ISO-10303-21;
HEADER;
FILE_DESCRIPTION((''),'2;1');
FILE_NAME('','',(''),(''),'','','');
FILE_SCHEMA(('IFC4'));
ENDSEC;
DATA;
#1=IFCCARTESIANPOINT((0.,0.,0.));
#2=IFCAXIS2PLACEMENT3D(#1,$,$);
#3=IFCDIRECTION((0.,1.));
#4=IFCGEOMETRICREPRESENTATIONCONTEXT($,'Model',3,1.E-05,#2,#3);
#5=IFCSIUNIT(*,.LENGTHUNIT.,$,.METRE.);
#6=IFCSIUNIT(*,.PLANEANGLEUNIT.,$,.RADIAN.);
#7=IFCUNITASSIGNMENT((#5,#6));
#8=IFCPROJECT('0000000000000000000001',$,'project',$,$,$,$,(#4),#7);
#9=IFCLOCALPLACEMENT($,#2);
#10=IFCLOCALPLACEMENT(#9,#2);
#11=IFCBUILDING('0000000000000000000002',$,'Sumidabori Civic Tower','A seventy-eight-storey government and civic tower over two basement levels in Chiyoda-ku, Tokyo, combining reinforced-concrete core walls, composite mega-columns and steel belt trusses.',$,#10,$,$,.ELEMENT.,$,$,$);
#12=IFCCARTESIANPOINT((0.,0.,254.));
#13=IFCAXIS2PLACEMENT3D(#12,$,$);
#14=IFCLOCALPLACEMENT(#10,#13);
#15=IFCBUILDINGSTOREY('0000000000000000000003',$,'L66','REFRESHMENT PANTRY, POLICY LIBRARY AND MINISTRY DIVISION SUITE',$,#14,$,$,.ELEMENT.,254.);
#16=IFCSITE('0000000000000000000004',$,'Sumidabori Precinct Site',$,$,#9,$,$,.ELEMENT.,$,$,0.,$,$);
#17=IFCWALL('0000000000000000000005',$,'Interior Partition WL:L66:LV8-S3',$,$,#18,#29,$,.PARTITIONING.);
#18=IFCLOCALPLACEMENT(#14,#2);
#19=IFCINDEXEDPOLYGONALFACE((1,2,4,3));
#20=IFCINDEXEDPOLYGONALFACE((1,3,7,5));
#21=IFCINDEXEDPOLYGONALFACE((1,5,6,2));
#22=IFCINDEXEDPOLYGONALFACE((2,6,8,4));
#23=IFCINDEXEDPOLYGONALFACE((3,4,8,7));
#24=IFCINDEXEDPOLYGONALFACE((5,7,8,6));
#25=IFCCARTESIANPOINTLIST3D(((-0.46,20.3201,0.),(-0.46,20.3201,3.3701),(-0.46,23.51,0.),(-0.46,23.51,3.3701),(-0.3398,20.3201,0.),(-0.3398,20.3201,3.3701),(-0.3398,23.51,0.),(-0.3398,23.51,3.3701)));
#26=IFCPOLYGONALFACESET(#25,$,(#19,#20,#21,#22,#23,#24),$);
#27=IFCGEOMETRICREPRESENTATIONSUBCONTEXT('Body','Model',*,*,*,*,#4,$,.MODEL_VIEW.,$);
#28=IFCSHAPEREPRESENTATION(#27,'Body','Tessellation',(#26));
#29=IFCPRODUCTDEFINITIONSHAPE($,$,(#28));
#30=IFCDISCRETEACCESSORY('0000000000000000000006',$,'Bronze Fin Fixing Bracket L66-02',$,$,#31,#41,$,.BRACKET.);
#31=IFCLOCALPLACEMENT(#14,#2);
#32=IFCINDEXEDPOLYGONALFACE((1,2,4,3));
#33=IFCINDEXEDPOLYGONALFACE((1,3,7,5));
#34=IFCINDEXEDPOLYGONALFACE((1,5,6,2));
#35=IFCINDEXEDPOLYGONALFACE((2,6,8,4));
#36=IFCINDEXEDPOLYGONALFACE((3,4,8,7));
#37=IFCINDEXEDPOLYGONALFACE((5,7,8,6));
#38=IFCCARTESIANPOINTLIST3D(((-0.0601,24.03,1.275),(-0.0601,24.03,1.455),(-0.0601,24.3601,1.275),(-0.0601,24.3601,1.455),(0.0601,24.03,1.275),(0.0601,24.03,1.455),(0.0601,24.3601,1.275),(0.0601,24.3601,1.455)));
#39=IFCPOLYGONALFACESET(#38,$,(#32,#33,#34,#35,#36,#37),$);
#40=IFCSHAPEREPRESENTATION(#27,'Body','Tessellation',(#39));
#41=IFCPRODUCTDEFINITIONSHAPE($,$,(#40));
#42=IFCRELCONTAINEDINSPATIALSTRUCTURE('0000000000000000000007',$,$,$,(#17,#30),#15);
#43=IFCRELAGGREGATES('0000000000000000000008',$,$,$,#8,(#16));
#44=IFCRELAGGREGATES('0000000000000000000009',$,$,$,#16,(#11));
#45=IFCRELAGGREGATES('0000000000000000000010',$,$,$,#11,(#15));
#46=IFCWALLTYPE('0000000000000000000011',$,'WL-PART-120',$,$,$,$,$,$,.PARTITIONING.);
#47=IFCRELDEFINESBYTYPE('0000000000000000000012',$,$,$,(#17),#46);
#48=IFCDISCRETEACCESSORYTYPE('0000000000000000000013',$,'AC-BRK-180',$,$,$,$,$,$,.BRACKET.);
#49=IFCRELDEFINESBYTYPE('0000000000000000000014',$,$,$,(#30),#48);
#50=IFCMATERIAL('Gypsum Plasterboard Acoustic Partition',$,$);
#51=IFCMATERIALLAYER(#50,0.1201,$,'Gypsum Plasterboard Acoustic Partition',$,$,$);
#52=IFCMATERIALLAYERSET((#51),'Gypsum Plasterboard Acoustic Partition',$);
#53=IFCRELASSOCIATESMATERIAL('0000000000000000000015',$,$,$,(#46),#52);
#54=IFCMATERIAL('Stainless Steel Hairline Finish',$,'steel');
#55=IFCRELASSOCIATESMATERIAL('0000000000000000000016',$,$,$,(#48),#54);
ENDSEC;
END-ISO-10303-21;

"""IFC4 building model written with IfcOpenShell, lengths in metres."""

from ifc_helpers import new_model, si_unit, direction, frame, frame_2d, origin, origin_2d, place, context, subcontext, project, spatial, rectangle, extrude, source, transform, mapped, material, layer, layer_set, material_profile, profile_set, type_object, element, save


model = new_model("IFC4")

# Units and contexts
model_context = context("Model", 3, precision=1e-05, world=origin(), true_north=direction((0.0, 1.0)))
body_context = subcontext(model_context, "Body", "Model", "MODEL_VIEW")
ifc_project = project(units=[si_unit("LENGTHUNIT", "METRE"), si_unit("PLANEANGLEUNIT", "RADIAN")], contexts=[model_context])

# Site, building, storey
site_placement = place(None, origin())
site = spatial("IfcSite", under=ifc_project, at=site_placement, Name="Sumidabori Precinct Site", CompositionType="ELEMENT", RefElevation=0.0)
building_placement = place(site_placement, origin())
building = spatial("IfcBuilding", under=site, at=building_placement, Name="Sumidabori Civic Tower", Description="A seventy-eight-storey government and civic tower over two basement levels in Chiyoda-ku, Tokyo, combining reinforced-concrete core walls, composite mega-columns and steel belt trusses.", CompositionType="ELEMENT")
storey_placement = place(building_placement, frame((0.0, 0.0, 254.0)))
storey = spatial("IfcBuildingStorey", under=building, at=storey_placement, Name="L66", Description="REFRESHMENT PANTRY, POLICY LIBRARY AND MINISTRY DIVISION SUITE", CompositionType="ELEMENT", Elevation=254.0)

# Shared definitions
ifc_material_1 = material(Name="Gypsum Plasterboard Acoustic Partition")

# Wall
ifc_layer_1 = layer(ifc_material_1, 0.1201, Name="Gypsum Plasterboard Acoustic Partition")
ifc_layer_set_1 = layer_set([ifc_layer_1], Name="Gypsum Plasterboard Acoustic Partition")
wall_type_1 = type_object("IfcWallType", Name="WL-PART-120", PredefinedType="PARTITIONING", material=ifc_layer_set_1)
shared_shape_1 = source(origin(), body_context, "Body", "SweptSolid", [
    extrude(rectangle(XDim=3.1899, YDim=0.1201, at=frame_2d((1.595, 0.0))), origin(), (0.0, 0.0, 1.0), 3.3701),
])
for number, where, z_axis, x_axis, name in (
    (1, (-0.3999, 20.3201, 0.0), (0.0, 0.0, 1.0), (0.0, 1.0, 0.0), "Interior Partition WL:L66:LV8-S3"),
):
    element("IfcWall", number, at=place(storey_placement, frame(where, z_axis=z_axis, x_axis=x_axis)), inside=storey, type_object=wall_type_1, Name=name, PredefinedType="PARTITIONING", context=body_context, shape_type="MappedRepresentation", body=[
        mapped(shared_shape_1, transform((0.0, 0.0, 0.0), x_axis=(1.0, 0.0, 0.0), y_axis=(0.0, 1.0, 0.0), z_axis=(0.0, 0.0, 1.0), scale=1.0)),
    ])

# Discrete accessory
ifc_material_2 = material(Name="Stainless Steel Hairline Finish", Category="steel")
ifc_material_profile_1 = material_profile(ifc_material_2, rectangle(XDim=0.1201, YDim=0.1799, at=origin_2d()), Name="STEEL BRACKET 180x120")
ifc_profile_set_1 = profile_set([ifc_material_profile_1], Name="Stainless Steel Hairline Finish")
discrete_accessory_type = type_object("IfcDiscreteAccessoryType", Name="AC-BRK-180", PredefinedType="BRACKET", material=ifc_profile_set_1)
shared_shape_2 = source(origin(), body_context, "Body", "SweptSolid", [
    extrude(rectangle(XDim=0.1201, YDim=0.1799, at=origin_2d()), origin(), (0.0, 0.0, 1.0), 0.3301),
])
discrete_accessory_placement = place(storey_placement, frame((0.0, 24.03, 1.365), z_axis=(0.0, 1.0, 0.0), x_axis=(-1.0, 0.0, 0.0)))
element("IfcDiscreteAccessory", 2, at=discrete_accessory_placement, inside=storey, type_object=discrete_accessory_type, Name="Bronze Fin Fixing Bracket L66-02", PredefinedType="BRACKET", context=body_context, shape_type="MappedRepresentation", body=[
    mapped(shared_shape_2, transform((0.0, 0.0, 0.0), x_axis=(1.0, 0.0, 0.0), y_axis=(0.0, 1.0, 0.0), z_axis=(0.0, 0.0, 1.0), scale=1.0)),
])

save(model, "model.ifc")
